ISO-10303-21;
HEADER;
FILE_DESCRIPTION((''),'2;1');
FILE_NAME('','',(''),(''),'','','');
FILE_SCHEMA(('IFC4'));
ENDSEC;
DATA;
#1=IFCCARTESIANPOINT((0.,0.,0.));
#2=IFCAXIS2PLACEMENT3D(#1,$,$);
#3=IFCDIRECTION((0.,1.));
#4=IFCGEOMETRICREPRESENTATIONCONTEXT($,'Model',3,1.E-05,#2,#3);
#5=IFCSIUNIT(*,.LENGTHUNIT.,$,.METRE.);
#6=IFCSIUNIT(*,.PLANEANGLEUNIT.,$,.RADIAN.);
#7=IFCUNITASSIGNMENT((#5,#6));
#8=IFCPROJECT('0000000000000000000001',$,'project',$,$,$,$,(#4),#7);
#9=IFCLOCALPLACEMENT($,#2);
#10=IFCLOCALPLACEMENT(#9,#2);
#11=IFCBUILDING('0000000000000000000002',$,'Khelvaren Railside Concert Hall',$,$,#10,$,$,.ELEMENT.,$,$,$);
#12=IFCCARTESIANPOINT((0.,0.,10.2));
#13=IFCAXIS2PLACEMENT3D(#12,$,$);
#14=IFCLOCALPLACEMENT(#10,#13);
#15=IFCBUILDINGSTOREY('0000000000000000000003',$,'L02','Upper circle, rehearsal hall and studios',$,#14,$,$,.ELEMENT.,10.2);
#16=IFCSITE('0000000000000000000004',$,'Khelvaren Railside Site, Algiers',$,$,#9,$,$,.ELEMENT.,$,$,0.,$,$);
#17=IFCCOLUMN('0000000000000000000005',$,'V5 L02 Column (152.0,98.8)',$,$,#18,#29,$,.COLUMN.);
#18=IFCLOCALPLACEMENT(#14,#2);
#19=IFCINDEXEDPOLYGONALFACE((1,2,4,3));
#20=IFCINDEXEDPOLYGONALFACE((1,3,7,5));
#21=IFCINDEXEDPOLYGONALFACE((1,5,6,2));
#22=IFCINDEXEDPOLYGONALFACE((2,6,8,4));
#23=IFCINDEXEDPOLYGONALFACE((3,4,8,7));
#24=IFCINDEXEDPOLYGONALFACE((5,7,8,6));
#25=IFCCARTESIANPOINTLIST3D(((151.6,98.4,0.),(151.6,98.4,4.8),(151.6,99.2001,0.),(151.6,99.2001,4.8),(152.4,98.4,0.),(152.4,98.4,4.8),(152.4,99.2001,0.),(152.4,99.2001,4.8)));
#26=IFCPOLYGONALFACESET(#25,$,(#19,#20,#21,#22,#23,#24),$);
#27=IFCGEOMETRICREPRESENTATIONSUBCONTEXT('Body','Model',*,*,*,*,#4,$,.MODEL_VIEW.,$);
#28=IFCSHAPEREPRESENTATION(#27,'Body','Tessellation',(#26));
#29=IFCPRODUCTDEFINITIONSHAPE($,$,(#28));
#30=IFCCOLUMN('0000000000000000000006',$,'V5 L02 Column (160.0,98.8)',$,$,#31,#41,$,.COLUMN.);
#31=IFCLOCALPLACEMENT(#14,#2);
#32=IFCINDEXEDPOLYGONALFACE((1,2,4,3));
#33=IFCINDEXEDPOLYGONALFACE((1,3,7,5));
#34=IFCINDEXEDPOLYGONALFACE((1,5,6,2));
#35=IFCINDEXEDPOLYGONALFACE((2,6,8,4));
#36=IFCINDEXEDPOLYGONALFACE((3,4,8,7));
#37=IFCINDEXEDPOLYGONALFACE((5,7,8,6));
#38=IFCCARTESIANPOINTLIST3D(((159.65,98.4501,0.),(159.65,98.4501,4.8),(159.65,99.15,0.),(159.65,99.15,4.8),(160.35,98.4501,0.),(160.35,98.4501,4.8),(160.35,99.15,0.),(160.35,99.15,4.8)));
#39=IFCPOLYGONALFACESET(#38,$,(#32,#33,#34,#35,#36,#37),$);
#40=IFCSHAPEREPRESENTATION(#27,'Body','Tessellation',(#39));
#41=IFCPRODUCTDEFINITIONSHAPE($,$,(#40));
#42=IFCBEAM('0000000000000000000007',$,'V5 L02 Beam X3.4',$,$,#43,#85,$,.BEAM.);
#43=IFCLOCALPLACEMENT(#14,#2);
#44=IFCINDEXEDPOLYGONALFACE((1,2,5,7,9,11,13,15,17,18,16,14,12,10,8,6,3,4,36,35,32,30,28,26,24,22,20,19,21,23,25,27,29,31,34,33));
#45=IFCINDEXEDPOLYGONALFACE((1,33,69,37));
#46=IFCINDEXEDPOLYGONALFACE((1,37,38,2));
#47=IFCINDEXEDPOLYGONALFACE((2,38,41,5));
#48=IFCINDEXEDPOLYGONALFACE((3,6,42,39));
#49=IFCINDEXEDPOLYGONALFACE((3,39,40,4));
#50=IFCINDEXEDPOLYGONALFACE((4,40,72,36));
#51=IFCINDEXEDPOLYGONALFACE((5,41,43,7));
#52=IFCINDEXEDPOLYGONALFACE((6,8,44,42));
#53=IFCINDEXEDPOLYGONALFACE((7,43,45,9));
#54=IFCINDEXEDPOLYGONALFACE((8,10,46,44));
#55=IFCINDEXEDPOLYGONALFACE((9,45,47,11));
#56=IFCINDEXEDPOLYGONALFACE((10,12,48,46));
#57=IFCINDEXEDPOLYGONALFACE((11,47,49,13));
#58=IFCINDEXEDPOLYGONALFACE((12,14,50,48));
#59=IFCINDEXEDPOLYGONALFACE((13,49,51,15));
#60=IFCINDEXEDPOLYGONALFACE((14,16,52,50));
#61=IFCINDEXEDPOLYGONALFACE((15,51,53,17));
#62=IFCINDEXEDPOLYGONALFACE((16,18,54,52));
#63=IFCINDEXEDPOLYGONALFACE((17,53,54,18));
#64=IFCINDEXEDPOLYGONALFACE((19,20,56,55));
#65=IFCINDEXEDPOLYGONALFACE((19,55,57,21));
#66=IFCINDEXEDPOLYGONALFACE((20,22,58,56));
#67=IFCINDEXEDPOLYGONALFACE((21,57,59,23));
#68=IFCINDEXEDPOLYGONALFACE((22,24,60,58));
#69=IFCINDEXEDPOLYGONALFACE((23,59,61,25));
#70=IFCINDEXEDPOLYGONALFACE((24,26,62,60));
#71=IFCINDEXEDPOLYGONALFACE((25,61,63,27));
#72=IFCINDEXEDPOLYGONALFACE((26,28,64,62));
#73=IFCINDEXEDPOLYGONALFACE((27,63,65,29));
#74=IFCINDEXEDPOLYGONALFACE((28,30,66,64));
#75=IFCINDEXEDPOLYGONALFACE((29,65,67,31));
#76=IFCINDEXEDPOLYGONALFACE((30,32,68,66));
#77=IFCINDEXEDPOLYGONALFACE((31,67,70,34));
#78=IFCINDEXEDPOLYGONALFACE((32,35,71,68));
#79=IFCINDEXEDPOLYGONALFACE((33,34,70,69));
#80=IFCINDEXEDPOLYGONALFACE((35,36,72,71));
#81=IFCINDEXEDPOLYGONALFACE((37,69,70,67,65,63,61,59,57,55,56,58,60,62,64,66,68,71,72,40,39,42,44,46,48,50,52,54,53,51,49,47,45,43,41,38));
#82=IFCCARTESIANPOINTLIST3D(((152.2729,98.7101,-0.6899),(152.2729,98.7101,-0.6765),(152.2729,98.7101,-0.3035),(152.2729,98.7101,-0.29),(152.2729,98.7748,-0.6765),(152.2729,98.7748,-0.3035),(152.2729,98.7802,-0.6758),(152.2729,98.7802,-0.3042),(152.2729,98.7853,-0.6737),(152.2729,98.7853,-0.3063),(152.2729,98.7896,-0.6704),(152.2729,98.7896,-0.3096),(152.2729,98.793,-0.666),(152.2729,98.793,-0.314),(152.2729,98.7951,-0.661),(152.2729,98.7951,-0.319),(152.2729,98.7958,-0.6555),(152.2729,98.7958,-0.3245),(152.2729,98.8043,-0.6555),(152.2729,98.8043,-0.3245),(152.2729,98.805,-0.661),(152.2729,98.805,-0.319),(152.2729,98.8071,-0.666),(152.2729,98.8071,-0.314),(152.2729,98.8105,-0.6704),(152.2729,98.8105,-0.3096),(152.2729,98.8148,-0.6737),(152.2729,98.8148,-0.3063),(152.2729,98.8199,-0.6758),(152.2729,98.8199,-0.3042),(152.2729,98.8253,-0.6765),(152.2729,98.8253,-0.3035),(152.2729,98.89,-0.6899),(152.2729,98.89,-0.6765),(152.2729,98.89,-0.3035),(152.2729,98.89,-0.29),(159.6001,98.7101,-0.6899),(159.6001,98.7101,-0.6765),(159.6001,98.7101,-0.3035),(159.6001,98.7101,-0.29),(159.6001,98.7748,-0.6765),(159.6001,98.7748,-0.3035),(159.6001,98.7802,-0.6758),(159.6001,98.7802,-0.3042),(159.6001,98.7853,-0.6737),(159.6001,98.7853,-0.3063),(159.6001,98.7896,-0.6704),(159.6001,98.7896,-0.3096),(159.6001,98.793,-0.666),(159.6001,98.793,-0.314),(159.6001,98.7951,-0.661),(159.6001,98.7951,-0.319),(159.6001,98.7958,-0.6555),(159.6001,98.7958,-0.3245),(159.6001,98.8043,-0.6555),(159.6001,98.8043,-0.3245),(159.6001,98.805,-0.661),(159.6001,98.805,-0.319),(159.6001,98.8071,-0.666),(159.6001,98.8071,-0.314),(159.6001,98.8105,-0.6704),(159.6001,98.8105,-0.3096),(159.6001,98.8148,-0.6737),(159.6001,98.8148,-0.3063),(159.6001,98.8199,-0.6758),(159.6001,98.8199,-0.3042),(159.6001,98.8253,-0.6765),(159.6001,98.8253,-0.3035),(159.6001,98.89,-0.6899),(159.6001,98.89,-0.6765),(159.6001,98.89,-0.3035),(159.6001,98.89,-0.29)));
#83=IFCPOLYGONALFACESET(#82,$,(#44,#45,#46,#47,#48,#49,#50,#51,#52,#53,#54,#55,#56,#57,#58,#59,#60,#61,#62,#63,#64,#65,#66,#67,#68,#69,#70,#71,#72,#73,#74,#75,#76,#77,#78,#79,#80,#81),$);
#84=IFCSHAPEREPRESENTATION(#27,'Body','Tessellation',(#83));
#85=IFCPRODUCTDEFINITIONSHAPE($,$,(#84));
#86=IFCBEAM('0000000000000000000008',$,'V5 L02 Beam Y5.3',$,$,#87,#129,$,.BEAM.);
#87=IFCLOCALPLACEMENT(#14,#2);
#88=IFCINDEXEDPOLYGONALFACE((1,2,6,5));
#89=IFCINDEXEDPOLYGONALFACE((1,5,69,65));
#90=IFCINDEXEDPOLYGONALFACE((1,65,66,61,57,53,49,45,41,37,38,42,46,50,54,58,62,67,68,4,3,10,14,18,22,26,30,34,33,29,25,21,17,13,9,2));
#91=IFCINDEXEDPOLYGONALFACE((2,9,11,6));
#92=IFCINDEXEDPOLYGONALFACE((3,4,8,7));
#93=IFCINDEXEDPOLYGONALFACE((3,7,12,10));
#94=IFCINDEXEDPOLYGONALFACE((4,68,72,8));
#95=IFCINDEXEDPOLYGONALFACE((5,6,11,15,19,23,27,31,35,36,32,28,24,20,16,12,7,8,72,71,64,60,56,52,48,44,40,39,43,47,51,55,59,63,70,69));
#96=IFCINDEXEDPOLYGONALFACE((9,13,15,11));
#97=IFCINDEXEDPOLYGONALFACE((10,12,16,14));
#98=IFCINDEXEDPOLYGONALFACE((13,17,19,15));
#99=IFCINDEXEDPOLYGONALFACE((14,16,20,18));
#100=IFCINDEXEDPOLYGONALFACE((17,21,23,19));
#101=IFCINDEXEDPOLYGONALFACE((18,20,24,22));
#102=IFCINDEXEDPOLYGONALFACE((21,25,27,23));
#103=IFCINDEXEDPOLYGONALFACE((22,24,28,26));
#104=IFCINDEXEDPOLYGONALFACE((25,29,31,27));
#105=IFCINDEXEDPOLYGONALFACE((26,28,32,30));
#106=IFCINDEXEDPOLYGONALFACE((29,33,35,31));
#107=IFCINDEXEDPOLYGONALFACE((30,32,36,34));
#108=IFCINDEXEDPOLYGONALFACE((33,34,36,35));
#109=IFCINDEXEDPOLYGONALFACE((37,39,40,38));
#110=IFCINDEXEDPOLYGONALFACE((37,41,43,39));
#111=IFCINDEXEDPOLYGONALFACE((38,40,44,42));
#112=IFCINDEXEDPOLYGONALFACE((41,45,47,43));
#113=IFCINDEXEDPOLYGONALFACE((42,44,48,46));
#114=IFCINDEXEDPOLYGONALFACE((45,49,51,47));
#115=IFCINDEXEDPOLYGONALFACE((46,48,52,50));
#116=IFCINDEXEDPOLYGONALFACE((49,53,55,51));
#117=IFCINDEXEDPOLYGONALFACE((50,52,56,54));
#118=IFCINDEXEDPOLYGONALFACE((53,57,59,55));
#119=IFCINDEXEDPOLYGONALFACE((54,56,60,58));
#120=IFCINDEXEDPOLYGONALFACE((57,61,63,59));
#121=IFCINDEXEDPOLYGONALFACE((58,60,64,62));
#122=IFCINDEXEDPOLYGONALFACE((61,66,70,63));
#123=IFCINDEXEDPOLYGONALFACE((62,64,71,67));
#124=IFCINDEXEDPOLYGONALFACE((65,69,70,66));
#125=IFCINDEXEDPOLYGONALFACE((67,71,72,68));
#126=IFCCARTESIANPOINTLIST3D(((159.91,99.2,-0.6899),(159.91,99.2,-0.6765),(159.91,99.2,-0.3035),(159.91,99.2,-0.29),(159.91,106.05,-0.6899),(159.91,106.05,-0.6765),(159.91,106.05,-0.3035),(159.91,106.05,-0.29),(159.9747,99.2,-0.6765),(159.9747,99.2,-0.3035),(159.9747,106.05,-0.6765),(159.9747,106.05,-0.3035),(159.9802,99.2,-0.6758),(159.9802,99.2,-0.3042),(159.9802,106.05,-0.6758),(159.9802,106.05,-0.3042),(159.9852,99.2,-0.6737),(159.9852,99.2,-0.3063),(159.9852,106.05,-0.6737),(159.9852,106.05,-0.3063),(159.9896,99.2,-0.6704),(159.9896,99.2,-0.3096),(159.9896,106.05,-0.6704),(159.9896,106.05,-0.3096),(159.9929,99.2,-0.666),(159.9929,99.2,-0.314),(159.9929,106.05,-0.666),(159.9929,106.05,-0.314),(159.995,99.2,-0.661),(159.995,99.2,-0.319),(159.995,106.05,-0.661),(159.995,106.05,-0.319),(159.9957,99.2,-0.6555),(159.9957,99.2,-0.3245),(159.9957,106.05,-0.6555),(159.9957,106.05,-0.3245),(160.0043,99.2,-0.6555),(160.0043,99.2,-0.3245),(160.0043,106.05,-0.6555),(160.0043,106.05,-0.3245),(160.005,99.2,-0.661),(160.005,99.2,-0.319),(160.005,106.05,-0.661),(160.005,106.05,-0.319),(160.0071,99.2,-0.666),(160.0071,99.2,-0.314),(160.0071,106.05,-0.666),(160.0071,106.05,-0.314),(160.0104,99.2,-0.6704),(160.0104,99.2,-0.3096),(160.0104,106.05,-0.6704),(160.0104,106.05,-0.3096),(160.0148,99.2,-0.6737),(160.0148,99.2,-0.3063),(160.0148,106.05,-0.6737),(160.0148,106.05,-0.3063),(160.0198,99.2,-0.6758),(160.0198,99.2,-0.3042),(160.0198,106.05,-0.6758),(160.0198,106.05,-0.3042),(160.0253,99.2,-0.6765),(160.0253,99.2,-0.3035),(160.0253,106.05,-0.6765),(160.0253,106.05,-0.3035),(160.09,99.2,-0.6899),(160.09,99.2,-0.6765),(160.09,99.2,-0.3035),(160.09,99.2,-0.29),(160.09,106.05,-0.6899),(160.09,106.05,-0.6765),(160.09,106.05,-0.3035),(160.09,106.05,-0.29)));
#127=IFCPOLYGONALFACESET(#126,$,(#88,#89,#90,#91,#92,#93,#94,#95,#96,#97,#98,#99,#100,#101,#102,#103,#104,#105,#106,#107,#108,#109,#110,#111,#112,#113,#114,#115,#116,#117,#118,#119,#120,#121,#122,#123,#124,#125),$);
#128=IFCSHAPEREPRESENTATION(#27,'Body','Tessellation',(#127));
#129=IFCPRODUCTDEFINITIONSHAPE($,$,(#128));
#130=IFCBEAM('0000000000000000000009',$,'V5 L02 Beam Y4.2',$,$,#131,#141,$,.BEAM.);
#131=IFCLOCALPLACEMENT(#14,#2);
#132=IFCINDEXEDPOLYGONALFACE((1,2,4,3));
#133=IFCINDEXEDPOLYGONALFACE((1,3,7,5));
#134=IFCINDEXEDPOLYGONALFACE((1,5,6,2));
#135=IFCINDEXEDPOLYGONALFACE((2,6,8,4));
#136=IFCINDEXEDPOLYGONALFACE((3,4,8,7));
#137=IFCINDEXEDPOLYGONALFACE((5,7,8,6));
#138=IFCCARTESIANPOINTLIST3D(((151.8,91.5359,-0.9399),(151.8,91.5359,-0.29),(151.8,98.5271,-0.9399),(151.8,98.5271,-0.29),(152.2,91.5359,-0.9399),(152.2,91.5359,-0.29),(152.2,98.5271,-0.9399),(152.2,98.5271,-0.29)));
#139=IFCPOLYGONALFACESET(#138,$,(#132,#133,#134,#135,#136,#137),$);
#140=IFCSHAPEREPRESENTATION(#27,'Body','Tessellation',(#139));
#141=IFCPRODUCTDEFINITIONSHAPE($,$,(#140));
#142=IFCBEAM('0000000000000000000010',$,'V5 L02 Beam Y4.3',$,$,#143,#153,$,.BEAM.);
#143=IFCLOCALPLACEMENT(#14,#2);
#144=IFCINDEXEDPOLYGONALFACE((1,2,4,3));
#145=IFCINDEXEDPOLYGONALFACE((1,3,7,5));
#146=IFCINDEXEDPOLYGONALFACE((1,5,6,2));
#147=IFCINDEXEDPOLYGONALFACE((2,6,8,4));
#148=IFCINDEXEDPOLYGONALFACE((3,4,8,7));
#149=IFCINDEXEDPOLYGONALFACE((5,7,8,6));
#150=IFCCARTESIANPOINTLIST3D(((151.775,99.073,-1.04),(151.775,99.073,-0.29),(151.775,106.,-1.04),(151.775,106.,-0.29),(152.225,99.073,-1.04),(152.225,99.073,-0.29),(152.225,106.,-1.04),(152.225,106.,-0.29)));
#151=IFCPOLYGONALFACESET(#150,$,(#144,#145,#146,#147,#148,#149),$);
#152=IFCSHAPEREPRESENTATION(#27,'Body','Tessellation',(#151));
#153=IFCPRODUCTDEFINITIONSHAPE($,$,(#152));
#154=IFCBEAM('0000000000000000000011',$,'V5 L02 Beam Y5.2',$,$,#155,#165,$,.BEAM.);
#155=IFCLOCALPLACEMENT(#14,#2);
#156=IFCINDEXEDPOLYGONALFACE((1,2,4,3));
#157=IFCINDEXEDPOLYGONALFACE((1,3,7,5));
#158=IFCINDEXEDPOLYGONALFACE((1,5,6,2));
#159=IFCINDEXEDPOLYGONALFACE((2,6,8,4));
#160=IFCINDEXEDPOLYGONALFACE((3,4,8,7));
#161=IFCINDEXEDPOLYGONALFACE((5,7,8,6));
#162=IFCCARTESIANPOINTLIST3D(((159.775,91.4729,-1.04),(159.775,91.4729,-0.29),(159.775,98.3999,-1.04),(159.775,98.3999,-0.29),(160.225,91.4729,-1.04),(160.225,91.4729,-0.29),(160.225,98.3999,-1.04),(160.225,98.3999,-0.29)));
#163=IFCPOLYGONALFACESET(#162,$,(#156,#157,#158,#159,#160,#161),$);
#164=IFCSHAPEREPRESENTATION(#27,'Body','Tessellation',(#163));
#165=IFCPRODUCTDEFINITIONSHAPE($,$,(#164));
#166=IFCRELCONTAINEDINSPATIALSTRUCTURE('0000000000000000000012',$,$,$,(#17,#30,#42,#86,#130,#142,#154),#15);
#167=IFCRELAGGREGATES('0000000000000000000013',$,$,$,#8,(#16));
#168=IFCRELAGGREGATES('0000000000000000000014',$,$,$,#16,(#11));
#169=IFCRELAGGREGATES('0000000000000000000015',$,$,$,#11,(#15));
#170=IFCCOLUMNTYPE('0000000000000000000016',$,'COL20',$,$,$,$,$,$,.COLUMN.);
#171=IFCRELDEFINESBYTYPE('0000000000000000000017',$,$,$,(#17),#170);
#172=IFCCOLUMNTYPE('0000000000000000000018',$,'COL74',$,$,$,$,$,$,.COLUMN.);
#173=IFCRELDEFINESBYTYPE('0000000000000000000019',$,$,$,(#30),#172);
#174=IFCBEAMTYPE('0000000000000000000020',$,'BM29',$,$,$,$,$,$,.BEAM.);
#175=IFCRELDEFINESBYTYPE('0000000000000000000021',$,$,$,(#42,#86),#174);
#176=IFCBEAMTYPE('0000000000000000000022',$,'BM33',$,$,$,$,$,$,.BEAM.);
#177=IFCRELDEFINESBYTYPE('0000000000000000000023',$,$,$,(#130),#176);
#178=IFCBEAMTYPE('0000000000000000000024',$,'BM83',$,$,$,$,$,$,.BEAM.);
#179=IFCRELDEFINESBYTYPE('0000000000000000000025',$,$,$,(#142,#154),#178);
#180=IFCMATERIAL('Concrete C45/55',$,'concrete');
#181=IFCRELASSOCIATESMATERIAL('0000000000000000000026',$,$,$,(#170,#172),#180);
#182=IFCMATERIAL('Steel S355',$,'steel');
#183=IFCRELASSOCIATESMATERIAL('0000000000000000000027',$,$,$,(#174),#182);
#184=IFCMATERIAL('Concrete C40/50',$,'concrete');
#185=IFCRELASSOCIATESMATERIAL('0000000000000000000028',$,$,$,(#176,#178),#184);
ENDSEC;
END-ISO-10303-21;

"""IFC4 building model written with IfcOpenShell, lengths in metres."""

from ifc_helpers import new_model, si_unit, direction, frame, origin, origin_2d, place, context, subcontext, project, spatial, rectangle, i_section, extrude, material, material_profile, profile_set, type_object, element, save


model = new_model("IFC4")

# Units and contexts
model_context = context("Model", 3, precision=1e-05, world=origin(), true_north=direction((0.0, 1.0)))
body_context = subcontext(model_context, "Body", "Model", "MODEL_VIEW")
ifc_project = project(units=[si_unit("LENGTHUNIT", "METRE"), si_unit("PLANEANGLEUNIT", "RADIAN")], contexts=[model_context])

# Site, building, storey
site_placement = place(None, origin())
site = spatial("IfcSite", under=ifc_project, at=site_placement, Name="Khelvaren Railside Site, Algiers", CompositionType="ELEMENT", RefElevation=0.0)
building_placement = place(site_placement, origin())
building = spatial("IfcBuilding", under=site, at=building_placement, Name="Khelvaren Railside Concert Hall", CompositionType="ELEMENT")
storey_placement = place(building_placement, frame((0.0, 0.0, 10.2)))
storey = spatial("IfcBuildingStorey", under=building, at=storey_placement, Name="L02", Description="Upper circle, rehearsal hall and studios", CompositionType="ELEMENT", Elevation=10.2)

# Columns
ifc_material_1 = material(Name="Concrete C45/55", Category="concrete")
ifc_material_profile_1 = material_profile(ifc_material_1, rectangle(XDim=0.8, YDim=0.8, at=origin_2d()), Name="RC 800x800")
ifc_profile_set_1 = profile_set([ifc_material_profile_1], Name="Concrete C45/55")
column_type_1 = type_object("IfcColumnType", Name="COL20", PredefinedType="COLUMN", material=ifc_profile_set_1)
column_1_placement = place(storey_placement, frame((152.0, 98.8, 0.0), z_axis=(0.0, 0.0, 1.0), x_axis=(1.0, 0.0, 0.0)))
element("IfcColumn", 1, at=column_1_placement, inside=storey, type_object=column_type_1, Name="V5 L02 Column (152.0,98.8)", PredefinedType="COLUMN", context=body_context, shape_type="SweptSolid", body=[
    extrude(rectangle(XDim=0.8, YDim=0.8, at=origin_2d()), origin(), (0.0, 0.0, 1.0), 4.8),
])
ifc_material_profile_2 = material_profile(ifc_material_1, rectangle(XDim=0.7, YDim=0.7, at=origin_2d()), Name="RC 700x700")
ifc_profile_set_2 = profile_set([ifc_material_profile_2], Name="Concrete C45/55")
column_type_2 = type_object("IfcColumnType", Name="COL74", PredefinedType="COLUMN", material=ifc_profile_set_2)
column_2_placement = place(storey_placement, frame((160.0, 98.8, 0.0), z_axis=(0.0, 0.0, 1.0), x_axis=(1.0, 0.0, 0.0)))
element("IfcColumn", 2, at=column_2_placement, inside=storey, type_object=column_type_2, Name="V5 L02 Column (160.0,98.8)", PredefinedType="COLUMN", context=body_context, shape_type="SweptSolid", body=[
    extrude(rectangle(XDim=0.7, YDim=0.7, at=origin_2d()), origin(), (0.0, 0.0, 1.0), 4.8),
])

# Beams
ifc_material_2 = material(Name="Steel S355", Category="steel")
ifc_material_profile_3 = material_profile(ifc_material_2, i_section(OverallWidth=0.1799, OverallDepth=0.3999, WebThickness=0.0085, FlangeThickness=0.0134, FilletRadius=0.021, at=origin_2d()), Name="IPE 400")
ifc_profile_set_3 = profile_set([ifc_material_profile_3], Name="Steel S355")
beam_type_1 = type_object("IfcBeamType", Name="BM29", PredefinedType="BEAM", material=ifc_profile_set_3)
beam_1_placement = place(storey_placement, frame((152.2729, 98.8, -0.49), z_axis=(1.0, 0.0, 0.0), x_axis=(0.0, 1.0, 0.0)))
element("IfcBeam", 3, at=beam_1_placement, inside=storey, type_object=beam_type_1, Name="V5 L02 Beam X3.4", PredefinedType="BEAM", context=body_context, shape_type="SweptSolid", body=[
    extrude(i_section(OverallWidth=0.1799, OverallDepth=0.3999, WebThickness=0.0085, FlangeThickness=0.0134, FilletRadius=0.021, at=origin_2d()), origin(), (0.0, 0.0, 1.0), 7.3271),
])
beam_2_placement = place(storey_placement, frame((160.0, 99.2, -0.49), z_axis=(0.0, 1.0, 0.0), x_axis=(-1.0, 0.0, 0.0)))
element("IfcBeam", 4, at=beam_2_placement, inside=storey, type_object=beam_type_1, Name="V5 L02 Beam Y5.3", PredefinedType="BEAM", context=body_context, shape_type="SweptSolid", body=[
    extrude(i_section(OverallWidth=0.1799, OverallDepth=0.3999, WebThickness=0.0085, FlangeThickness=0.0134, FilletRadius=0.021, at=origin_2d()), origin(), (0.0, 0.0, 1.0), 6.8501),
])
ifc_material_3 = material(Name="Concrete C40/50", Category="concrete")
ifc_material_profile_4 = material_profile(ifc_material_3, rectangle(XDim=0.3999, YDim=0.6499, at=origin_2d()), Name="RCB 400x650")
ifc_profile_set_4 = profile_set([ifc_material_profile_4], Name="Concrete C40/50")
beam_type_2 = type_object("IfcBeamType", Name="BM33", PredefinedType="BEAM", material=ifc_profile_set_4)
beam_3_placement = place(storey_placement, frame((152.0, 91.5359, -0.615), z_axis=(0.0, 1.0, 0.0), x_axis=(-1.0, 0.0, 0.0)))
element("IfcBeam", 5, at=beam_3_placement, inside=storey, type_object=beam_type_2, Name="V5 L02 Beam Y4.2", PredefinedType="BEAM", context=body_context, shape_type="SweptSolid", body=[
    extrude(rectangle(XDim=0.3999, YDim=0.6499, at=origin_2d()), origin(), (0.0, 0.0, 1.0), 6.9912),
])
ifc_material_profile_5 = material_profile(ifc_material_3, rectangle(XDim=0.45, YDim=0.75, at=origin_2d()), Name="RCB 450x750")
ifc_profile_set_5 = profile_set([ifc_material_profile_5], Name="Concrete C40/50")
beam_type_3 = type_object("IfcBeamType", Name="BM83", PredefinedType="BEAM", material=ifc_profile_set_5)
for number, where, z_axis, x_axis, name in (
    (6, (152.0, 99.073, -0.665), (0.0, 1.0, 0.0), (-1.0, 0.0, 0.0), "V5 L02 Beam Y4.3"),
    (7, (160.0, 91.4729, -0.665), (0.0, 1.0, 0.0), (-1.0, 0.0, 0.0), "V5 L02 Beam Y5.2"),
):
    element("IfcBeam", number, at=place(storey_placement, frame(where, z_axis=z_axis, x_axis=x_axis)), inside=storey, type_object=beam_type_3, Name=name, PredefinedType="BEAM", context=body_context, shape_type="SweptSolid", body=[
        extrude(rectangle(XDim=0.45, YDim=0.75, at=origin_2d()), origin(), (0.0, 0.0, 1.0), 6.927),
    ])

save(model, "model.ifc")
